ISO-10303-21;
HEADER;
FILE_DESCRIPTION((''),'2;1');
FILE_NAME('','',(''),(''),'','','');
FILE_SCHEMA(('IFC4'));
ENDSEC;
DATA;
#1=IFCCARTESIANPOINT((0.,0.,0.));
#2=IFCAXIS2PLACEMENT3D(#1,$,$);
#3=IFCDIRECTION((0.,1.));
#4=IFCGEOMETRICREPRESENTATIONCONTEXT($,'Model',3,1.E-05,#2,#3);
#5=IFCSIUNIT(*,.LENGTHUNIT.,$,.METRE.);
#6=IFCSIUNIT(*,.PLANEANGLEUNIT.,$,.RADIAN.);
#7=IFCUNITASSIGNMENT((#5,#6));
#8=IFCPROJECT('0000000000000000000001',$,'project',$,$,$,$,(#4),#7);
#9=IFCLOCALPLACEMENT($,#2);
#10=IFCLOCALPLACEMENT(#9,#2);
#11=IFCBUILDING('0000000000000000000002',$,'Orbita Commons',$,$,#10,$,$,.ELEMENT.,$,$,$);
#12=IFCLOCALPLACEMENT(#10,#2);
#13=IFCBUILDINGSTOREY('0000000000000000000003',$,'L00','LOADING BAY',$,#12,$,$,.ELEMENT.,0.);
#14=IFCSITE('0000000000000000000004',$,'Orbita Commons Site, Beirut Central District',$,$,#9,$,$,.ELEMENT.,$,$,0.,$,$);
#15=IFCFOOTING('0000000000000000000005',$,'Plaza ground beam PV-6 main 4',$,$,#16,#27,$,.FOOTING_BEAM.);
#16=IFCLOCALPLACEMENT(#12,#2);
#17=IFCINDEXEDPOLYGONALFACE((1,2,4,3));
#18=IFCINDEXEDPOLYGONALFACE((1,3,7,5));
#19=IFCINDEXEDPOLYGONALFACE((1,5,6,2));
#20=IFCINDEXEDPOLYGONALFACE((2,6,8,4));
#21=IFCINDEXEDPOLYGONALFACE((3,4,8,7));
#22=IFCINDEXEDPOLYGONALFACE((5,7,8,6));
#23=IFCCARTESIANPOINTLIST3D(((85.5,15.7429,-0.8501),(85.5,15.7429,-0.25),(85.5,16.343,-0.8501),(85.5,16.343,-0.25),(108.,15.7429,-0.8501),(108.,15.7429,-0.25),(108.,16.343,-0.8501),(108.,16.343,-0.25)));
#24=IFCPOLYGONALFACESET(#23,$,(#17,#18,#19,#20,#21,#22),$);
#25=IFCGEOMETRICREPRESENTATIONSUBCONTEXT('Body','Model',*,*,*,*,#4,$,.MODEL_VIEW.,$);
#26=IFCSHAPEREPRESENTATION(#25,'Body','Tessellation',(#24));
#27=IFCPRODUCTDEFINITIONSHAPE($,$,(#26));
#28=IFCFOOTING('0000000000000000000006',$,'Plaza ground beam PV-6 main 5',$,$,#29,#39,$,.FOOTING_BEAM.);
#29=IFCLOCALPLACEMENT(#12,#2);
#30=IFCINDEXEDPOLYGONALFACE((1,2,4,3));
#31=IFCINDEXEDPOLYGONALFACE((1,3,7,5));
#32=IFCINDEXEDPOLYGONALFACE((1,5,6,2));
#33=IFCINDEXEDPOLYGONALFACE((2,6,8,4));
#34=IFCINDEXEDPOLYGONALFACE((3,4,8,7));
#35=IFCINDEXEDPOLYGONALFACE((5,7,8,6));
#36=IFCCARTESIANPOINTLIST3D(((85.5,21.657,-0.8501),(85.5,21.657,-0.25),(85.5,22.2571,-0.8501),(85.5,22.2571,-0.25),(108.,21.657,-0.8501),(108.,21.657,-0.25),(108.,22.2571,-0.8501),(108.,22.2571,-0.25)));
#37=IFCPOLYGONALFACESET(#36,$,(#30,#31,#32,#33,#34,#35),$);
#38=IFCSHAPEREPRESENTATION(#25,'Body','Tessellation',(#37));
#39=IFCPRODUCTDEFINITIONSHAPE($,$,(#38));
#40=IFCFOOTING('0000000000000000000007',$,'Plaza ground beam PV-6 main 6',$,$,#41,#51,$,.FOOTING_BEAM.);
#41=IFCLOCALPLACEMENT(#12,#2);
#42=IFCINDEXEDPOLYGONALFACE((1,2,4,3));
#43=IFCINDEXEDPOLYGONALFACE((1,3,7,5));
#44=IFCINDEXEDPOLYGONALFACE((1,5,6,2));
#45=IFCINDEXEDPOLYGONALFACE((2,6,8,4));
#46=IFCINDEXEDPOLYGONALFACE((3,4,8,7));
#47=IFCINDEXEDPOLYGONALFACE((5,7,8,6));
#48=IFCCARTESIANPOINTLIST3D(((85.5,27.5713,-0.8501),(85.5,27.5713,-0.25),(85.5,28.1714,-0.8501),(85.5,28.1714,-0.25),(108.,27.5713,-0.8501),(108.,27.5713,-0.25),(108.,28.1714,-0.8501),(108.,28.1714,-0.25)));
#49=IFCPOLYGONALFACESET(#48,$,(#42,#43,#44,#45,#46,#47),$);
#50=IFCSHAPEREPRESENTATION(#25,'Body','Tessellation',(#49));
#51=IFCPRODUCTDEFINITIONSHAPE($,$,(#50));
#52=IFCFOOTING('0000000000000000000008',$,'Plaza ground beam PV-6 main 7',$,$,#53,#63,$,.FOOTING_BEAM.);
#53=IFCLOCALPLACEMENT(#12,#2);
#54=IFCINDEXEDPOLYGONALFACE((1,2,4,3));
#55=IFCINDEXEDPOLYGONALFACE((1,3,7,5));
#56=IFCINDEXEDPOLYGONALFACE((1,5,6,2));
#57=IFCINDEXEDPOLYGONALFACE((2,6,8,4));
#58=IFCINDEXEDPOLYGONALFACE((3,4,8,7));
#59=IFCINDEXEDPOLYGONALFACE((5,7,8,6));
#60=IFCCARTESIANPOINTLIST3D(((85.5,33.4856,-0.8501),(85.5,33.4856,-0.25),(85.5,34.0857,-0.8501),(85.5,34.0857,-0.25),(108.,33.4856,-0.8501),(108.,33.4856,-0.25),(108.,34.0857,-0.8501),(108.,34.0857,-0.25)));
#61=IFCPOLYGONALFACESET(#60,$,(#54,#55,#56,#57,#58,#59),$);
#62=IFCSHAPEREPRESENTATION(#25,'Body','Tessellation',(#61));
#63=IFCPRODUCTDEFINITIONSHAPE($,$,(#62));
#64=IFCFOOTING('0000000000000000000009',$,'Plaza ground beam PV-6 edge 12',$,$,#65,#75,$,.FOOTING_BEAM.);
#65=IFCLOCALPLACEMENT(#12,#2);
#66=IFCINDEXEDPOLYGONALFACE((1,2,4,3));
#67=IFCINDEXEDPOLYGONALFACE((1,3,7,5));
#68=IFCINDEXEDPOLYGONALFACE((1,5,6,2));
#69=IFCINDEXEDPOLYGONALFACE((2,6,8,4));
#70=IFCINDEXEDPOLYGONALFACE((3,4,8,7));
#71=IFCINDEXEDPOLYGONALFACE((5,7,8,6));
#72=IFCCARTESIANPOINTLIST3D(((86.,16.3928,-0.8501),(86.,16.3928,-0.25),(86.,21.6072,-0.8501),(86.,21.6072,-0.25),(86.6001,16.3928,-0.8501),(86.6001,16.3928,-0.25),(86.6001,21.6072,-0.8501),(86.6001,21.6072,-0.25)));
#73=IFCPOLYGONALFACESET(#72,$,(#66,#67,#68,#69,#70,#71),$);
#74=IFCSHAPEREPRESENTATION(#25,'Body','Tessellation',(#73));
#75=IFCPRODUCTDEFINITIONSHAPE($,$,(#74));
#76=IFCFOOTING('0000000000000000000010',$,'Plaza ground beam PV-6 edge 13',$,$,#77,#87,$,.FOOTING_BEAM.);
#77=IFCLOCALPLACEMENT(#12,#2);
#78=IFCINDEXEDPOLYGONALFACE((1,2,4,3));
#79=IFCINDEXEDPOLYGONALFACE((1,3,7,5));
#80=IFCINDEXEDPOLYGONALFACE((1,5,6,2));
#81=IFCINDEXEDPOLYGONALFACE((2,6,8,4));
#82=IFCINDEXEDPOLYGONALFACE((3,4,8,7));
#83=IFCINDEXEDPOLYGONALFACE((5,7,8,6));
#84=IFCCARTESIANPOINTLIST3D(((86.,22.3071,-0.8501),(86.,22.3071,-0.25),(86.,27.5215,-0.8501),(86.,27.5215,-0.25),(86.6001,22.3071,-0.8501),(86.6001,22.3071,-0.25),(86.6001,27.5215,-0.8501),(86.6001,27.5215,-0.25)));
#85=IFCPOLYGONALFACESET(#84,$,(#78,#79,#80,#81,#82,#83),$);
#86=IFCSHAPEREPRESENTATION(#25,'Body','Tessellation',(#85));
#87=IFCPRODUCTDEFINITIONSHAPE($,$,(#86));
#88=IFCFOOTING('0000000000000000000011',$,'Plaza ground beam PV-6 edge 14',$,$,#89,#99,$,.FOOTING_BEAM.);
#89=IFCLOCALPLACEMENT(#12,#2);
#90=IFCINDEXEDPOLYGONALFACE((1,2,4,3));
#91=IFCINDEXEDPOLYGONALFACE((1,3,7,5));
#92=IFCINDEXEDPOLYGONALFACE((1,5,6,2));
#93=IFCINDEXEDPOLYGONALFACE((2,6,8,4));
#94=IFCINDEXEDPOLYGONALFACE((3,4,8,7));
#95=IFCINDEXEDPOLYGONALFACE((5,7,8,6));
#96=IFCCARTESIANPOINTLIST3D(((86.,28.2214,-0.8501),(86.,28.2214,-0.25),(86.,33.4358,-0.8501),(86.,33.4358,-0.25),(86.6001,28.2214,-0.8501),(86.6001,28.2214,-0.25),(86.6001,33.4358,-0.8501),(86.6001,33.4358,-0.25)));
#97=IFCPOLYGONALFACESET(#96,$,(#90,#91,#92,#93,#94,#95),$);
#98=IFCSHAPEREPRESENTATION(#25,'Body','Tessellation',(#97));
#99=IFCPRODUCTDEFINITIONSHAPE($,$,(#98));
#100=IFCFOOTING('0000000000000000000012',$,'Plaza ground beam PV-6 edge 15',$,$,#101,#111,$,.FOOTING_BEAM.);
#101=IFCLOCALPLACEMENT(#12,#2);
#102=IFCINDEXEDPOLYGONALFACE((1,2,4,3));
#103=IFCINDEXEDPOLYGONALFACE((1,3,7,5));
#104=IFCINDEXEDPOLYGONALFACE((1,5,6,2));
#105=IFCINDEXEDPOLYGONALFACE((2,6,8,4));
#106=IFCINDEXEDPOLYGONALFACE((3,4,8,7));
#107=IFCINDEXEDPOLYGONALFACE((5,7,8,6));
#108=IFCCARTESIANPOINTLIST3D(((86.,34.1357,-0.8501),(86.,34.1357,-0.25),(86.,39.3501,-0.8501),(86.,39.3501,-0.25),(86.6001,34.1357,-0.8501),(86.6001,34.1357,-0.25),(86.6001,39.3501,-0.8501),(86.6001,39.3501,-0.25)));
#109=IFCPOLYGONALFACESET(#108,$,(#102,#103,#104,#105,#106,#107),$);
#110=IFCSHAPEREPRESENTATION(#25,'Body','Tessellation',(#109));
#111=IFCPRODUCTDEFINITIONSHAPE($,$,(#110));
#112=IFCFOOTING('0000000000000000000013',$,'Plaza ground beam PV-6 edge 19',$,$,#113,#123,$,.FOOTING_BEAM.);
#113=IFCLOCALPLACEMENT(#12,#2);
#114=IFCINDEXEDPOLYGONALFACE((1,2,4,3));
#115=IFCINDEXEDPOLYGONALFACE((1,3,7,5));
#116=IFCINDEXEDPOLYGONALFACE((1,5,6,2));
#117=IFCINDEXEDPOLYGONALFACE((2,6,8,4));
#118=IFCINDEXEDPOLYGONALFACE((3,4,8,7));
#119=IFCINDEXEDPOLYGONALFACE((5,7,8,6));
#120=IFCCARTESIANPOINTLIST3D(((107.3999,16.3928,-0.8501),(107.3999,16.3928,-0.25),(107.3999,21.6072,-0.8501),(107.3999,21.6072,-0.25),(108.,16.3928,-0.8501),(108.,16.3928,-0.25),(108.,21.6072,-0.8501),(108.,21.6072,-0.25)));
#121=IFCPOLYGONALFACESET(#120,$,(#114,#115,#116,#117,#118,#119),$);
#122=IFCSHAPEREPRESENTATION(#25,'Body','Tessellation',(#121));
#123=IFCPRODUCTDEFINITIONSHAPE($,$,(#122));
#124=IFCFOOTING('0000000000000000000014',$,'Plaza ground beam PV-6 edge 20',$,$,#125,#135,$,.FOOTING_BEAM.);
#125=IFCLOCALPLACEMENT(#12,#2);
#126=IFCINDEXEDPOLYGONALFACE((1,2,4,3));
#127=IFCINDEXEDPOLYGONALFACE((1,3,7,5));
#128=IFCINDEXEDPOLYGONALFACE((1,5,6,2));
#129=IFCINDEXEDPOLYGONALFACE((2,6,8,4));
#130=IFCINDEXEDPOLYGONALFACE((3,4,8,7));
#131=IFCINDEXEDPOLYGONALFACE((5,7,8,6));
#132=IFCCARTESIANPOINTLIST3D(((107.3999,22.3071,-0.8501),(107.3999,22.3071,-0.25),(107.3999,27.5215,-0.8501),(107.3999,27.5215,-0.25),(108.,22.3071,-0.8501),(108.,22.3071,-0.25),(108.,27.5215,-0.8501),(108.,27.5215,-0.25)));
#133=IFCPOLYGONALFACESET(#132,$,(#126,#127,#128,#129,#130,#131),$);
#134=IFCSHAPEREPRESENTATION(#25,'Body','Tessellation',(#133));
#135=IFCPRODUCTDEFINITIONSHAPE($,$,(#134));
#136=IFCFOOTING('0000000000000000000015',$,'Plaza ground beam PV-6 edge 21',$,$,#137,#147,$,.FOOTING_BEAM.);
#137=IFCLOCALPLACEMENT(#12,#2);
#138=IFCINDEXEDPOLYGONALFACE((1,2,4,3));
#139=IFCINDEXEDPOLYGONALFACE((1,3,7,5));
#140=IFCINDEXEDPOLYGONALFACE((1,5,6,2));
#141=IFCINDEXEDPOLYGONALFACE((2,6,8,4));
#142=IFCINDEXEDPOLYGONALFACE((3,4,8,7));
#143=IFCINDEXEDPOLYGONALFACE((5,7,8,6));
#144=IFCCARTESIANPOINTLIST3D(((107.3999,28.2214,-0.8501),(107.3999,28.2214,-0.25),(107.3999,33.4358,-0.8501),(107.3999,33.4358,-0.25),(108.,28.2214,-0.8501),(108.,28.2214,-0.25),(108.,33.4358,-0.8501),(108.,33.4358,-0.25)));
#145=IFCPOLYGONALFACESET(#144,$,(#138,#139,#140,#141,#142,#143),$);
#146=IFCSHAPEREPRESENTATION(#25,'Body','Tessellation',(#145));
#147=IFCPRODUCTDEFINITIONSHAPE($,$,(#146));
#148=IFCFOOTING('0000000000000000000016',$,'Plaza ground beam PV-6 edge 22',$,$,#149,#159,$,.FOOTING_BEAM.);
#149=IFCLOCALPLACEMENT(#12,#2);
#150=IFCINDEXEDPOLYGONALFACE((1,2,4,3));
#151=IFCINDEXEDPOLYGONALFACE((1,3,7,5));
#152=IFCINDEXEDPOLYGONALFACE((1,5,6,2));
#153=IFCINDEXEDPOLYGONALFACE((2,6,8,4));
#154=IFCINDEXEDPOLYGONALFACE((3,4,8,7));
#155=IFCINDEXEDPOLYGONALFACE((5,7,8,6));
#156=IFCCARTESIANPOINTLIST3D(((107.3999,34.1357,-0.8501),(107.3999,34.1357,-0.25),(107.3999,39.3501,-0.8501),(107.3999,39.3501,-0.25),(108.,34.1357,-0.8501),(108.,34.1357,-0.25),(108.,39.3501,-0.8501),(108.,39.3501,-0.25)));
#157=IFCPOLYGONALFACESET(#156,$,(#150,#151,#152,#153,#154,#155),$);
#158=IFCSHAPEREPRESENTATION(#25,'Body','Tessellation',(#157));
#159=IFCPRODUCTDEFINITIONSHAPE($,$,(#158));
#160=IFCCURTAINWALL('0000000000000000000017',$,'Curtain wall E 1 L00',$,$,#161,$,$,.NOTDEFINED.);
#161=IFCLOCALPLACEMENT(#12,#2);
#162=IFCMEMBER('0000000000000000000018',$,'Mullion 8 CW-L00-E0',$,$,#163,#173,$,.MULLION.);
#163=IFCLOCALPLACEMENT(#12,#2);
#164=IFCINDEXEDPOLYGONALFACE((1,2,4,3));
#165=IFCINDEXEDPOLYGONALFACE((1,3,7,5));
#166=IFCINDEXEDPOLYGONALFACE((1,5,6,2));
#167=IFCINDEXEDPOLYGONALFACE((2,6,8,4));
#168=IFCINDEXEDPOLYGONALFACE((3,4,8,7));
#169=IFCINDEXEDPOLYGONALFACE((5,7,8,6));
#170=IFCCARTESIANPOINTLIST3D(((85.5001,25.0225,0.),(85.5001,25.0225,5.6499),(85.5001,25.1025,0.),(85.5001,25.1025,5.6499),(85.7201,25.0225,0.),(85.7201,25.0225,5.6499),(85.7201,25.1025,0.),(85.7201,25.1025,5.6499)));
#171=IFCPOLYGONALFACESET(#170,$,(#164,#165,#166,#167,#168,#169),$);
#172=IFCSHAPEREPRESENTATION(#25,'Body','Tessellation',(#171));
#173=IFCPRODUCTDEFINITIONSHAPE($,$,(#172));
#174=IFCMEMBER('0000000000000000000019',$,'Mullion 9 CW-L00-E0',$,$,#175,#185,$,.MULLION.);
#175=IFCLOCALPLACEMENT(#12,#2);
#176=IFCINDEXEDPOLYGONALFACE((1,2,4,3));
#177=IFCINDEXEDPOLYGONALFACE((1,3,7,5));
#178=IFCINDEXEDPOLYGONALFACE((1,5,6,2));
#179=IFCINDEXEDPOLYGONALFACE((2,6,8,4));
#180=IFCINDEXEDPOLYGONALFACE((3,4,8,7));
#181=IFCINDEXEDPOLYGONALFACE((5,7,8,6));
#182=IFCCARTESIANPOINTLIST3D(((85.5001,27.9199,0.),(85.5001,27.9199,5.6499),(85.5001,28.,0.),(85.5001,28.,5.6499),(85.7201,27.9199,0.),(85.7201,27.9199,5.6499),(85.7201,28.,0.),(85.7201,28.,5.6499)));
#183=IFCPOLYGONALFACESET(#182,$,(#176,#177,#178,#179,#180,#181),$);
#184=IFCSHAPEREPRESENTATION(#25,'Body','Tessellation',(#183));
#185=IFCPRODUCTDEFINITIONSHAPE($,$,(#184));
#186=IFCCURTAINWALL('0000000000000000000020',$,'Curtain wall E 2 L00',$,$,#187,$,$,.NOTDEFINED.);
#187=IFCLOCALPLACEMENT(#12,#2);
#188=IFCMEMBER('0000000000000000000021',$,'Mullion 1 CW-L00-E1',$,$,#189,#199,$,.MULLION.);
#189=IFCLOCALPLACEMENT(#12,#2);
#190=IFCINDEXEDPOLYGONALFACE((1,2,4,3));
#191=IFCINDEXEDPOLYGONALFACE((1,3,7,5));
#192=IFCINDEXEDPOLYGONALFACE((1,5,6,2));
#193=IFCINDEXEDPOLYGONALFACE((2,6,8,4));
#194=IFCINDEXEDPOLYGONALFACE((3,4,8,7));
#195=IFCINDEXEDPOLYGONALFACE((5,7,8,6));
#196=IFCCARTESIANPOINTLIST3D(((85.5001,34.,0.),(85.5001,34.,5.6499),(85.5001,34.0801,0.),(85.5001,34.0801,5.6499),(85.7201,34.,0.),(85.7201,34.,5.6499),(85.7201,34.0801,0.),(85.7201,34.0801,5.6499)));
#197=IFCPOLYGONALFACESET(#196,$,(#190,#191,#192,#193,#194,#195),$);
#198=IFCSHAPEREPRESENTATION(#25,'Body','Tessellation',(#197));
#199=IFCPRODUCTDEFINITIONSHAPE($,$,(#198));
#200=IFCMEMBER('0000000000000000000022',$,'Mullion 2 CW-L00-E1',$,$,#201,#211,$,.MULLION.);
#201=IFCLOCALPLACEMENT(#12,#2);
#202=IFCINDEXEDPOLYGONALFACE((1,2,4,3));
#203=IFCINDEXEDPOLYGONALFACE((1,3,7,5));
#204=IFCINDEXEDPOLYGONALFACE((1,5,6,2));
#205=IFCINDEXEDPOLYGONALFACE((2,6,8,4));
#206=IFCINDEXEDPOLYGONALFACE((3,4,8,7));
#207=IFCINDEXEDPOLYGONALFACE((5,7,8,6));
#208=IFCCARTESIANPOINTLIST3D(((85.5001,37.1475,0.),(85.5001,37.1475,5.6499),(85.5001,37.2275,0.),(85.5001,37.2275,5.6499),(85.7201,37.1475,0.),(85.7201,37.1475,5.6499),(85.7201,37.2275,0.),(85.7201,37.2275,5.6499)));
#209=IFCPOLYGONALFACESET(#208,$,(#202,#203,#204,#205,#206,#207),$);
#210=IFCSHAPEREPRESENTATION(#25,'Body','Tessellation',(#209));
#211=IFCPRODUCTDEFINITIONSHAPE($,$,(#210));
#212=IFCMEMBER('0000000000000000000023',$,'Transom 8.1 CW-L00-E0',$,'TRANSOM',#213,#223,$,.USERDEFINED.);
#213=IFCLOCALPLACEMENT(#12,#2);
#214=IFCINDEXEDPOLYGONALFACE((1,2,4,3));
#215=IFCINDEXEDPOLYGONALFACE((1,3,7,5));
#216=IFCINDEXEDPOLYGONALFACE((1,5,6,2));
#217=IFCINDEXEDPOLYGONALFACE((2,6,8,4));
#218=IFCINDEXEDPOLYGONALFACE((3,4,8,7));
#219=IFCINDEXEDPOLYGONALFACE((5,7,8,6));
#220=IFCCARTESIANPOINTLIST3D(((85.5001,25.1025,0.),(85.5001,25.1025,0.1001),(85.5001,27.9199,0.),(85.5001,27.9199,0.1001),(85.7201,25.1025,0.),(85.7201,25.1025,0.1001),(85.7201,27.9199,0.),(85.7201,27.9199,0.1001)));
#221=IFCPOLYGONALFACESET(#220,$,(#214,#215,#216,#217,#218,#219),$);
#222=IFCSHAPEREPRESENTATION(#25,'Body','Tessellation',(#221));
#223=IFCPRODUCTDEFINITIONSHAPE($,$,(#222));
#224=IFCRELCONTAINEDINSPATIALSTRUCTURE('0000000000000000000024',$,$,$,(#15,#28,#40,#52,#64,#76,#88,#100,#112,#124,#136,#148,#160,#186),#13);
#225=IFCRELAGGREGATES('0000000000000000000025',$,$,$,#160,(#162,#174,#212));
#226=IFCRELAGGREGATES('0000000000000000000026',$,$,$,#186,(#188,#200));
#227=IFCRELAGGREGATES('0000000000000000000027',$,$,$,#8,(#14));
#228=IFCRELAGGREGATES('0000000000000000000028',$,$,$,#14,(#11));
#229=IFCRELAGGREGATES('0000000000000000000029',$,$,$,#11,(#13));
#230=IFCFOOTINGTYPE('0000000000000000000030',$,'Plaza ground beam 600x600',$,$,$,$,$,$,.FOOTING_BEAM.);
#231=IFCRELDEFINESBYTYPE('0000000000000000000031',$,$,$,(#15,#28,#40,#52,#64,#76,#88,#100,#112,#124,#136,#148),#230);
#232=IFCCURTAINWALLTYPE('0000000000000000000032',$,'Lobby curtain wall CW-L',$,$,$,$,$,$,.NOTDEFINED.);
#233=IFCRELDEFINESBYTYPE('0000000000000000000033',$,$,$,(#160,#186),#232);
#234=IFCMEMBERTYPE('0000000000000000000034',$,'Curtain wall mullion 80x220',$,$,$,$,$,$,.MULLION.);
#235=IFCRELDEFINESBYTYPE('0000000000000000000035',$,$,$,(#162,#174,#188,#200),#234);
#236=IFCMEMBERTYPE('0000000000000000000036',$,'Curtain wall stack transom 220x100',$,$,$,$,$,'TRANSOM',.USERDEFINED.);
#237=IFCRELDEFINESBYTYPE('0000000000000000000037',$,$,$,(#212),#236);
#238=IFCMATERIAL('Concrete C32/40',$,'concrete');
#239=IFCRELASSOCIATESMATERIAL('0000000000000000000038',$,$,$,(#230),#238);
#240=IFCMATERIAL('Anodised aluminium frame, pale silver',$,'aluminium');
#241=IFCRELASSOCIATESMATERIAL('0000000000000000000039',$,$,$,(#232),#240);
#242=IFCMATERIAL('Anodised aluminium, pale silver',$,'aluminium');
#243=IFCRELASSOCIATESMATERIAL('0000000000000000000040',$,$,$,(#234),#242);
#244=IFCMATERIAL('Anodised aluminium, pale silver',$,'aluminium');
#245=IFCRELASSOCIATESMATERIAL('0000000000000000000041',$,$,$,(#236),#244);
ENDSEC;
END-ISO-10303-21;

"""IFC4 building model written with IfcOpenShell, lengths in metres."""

from ifc_helpers import new_model, si_unit, direction, frame, origin, origin_2d, place, context, subcontext, project, spatial, rectangle, extrude, material, material_profile, profile_set, type_object, element, aggregate, save


model = new_model("IFC4")

# Units and contexts
model_context = context("Model", 3, precision=1e-05, world=origin(), true_north=direction((0.0, 1.0)))
body_context = subcontext(model_context, "Body", "Model", "MODEL_VIEW")
ifc_project = project(units=[si_unit("LENGTHUNIT", "METRE"), si_unit("PLANEANGLEUNIT", "RADIAN")], contexts=[model_context])

# Site, building, storey
site_placement = place(None, origin())
site = spatial("IfcSite", under=ifc_project, at=site_placement, Name="Orbita Commons Site, Beirut Central District", CompositionType="ELEMENT", RefElevation=0.0)
building_placement = place(site_placement, origin())
building = spatial("IfcBuilding", under=site, at=building_placement, Name="Orbita Commons", CompositionType="ELEMENT")
storey_placement = place(building_placement, origin())
storey = spatial("IfcBuildingStorey", under=building, at=storey_placement, Name="L00", Description="LOADING BAY", CompositionType="ELEMENT", Elevation=0.0)

# Footings
ifc_material_1 = material(Name="Concrete C32/40", Category="concrete")
footing_type = type_object("IfcFootingType", Name="Plaza ground beam 600x600", PredefinedType="FOOTING_BEAM", material=ifc_material_1)
for number, where, z_axis, x_axis, name in (
    (1, (96.75, 16.043, -0.8501), (0.0, 0.0, 1.0), (1.0, 0.0, 0.0), "Plaza ground beam PV-6 main 4"),
    (2, (96.75, 21.957, -0.8501), (0.0, 0.0, 1.0), (1.0, 0.0, 0.0), "Plaza ground beam PV-6 main 5"),
    (3, (96.75, 27.8713, -0.8501), (0.0, 0.0, 1.0), (1.0, 0.0, 0.0), "Plaza ground beam PV-6 main 6"),
    (4, (96.75, 33.7856, -0.8501), (0.0, 0.0, 1.0), (1.0, 0.0, 0.0), "Plaza ground beam PV-6 main 7"),
):
    element("IfcFooting", number, at=place(storey_placement, frame(where, z_axis=z_axis, x_axis=x_axis)), inside=storey, type_object=footing_type, Name=name, PredefinedType="FOOTING_BEAM", context=body_context, shape_type="SweptSolid", body=[
        extrude(rectangle(XDim=22.5, YDim=0.6001, at=origin_2d()), origin(), (0.0, 0.0, 1.0), 0.6001),
    ])
for number, where, z_axis, x_axis, name in (
    (5, (86.3, 19.0, -0.8501), (0.0, 0.0, 1.0), (1.0, 0.0, 0.0), "Plaza ground beam PV-6 edge 12"),
    (6, (86.3, 24.9143, -0.8501), (0.0, 0.0, 1.0), (1.0, 0.0, 0.0), "Plaza ground beam PV-6 edge 13"),
    (7, (86.3, 30.8286, -0.8501), (0.0, 0.0, 1.0), (1.0, 0.0, 0.0), "Plaza ground beam PV-6 edge 14"),
    (8, (86.3, 36.7429, -0.8501), (0.0, 0.0, 1.0), (1.0, 0.0, 0.0), "Plaza ground beam PV-6 edge 15"),
    (9, (107.7, 19.0, -0.8501), (0.0, 0.0, 1.0), (1.0, 0.0, 0.0), "Plaza ground beam PV-6 edge 19"),
    (10, (107.7, 24.9143, -0.8501), (0.0, 0.0, 1.0), (1.0, 0.0, 0.0), "Plaza ground beam PV-6 edge 20"),
    (11, (107.7, 30.8286, -0.8501), (0.0, 0.0, 1.0), (1.0, 0.0, 0.0), "Plaza ground beam PV-6 edge 21"),
    (12, (107.7, 36.7429, -0.8501), (0.0, 0.0, 1.0), (1.0, 0.0, 0.0), "Plaza ground beam PV-6 edge 22"),
):
    element("IfcFooting", number, at=place(storey_placement, frame(where, z_axis=z_axis, x_axis=x_axis)), inside=storey, type_object=footing_type, Name=name, PredefinedType="FOOTING_BEAM", context=body_context, shape_type="SweptSolid", body=[
        extrude(rectangle(XDim=0.6001, YDim=5.2144, at=origin_2d()), origin(), (0.0, 0.0, 1.0), 0.6001),
    ])

# Curtain walls, members
ifc_material_2 = material(Name="Anodised aluminium frame, pale silver", Category="aluminium")
curtain_wall_type = type_object("IfcCurtainWallType", Name="Lobby curtain wall CW-L", PredefinedType="NOTDEFINED", material=ifc_material_2)
curtain_wall_1_placement = place(storey_placement, origin())
curtain_wall_1 = element("IfcCurtainWall", 13, at=curtain_wall_1_placement, inside=storey, type_object=curtain_wall_type, Name="Curtain wall E 1 L00", PredefinedType="NOTDEFINED")
ifc_material_3 = material(Name="Anodised aluminium, pale silver", Category="aluminium")
ifc_material_profile_1 = material_profile(ifc_material_3, rectangle(XDim=0.0801, YDim=0.22, at=origin_2d()), Name="AL 80x220")
ifc_profile_set_1 = profile_set([ifc_material_profile_1], Name="Anodised aluminium, pale silver")
member_type_1 = type_object("IfcMemberType", Name="Curtain wall mullion 80x220", PredefinedType="MULLION", material=ifc_profile_set_1)
member_1_placement = place(storey_placement, frame((85.6101, 25.0625, 0.0), z_axis=(0.0, 0.0, 1.0), x_axis=(0.0, 1.0, 0.0)))
member_1 = element("IfcMember", 14, at=member_1_placement, type_object=member_type_1, Name="Mullion 8 CW-L00-E0", PredefinedType="MULLION", context=body_context, shape_type="SweptSolid", body=[
    extrude(rectangle(XDim=0.0801, YDim=0.22, at=origin_2d()), origin(), (0.0, 0.0, 1.0), 5.6499),
])
member_2_placement = place(storey_placement, frame((85.6101, 27.96, 0.0), z_axis=(0.0, 0.0, 1.0), x_axis=(0.0, 1.0, 0.0)))
member_2 = element("IfcMember", 15, at=member_2_placement, type_object=member_type_1, Name="Mullion 9 CW-L00-E0", PredefinedType="MULLION", context=body_context, shape_type="SweptSolid", body=[
    extrude(rectangle(XDim=0.0801, YDim=0.22, at=origin_2d()), origin(), (0.0, 0.0, 1.0), 5.6499),
])
curtain_wall_2_placement = place(storey_placement, origin())
curtain_wall_2 = element("IfcCurtainWall", 16, at=curtain_wall_2_placement, inside=storey, type_object=curtain_wall_type, Name="Curtain wall E 2 L00", PredefinedType="NOTDEFINED")
member_3_placement = place(storey_placement, frame((85.6101, 34.04, 0.0), z_axis=(0.0, 0.0, 1.0), x_axis=(0.0, 1.0, 0.0)))
member_3 = element("IfcMember", 17, at=member_3_placement, type_object=member_type_1, Name="Mullion 1 CW-L00-E1", PredefinedType="MULLION", context=body_context, shape_type="SweptSolid", body=[
    extrude(rectangle(XDim=0.0801, YDim=0.22, at=origin_2d()), origin(), (0.0, 0.0, 1.0), 5.6499),
])
member_4_placement = place(storey_placement, frame((85.6101, 37.1875, 0.0), z_axis=(0.0, 0.0, 1.0), x_axis=(0.0, 1.0, 0.0)))
member_4 = element("IfcMember", 18, at=member_4_placement, type_object=member_type_1, Name="Mullion 2 CW-L00-E1", PredefinedType="MULLION", context=body_context, shape_type="SweptSolid", body=[
    extrude(rectangle(XDim=0.0801, YDim=0.22, at=origin_2d()), origin(), (0.0, 0.0, 1.0), 5.6499),
])

# Member
ifc_material_4 = material(Name="Anodised aluminium, pale silver", Category="aluminium")
ifc_material_profile_2 = material_profile(ifc_material_4, rectangle(XDim=0.22, YDim=0.1001, at=origin_2d()), Name="AL 220x100")
ifc_profile_set_2 = profile_set([ifc_material_profile_2], Name="Anodised aluminium, pale silver")
member_type_2 = type_object("IfcMemberType", Name="Curtain wall stack transom 220x100", ElementType="TRANSOM", PredefinedType="USERDEFINED", material=ifc_profile_set_2)
member_5_placement = place(storey_placement, frame((85.6101, 25.1025, 0.05), z_axis=(0.0, 1.0, 0.0), x_axis=(-1.0, 0.0, 0.0)))
member_5 = element("IfcMember", 19, at=member_5_placement, type_object=member_type_2, Name="Transom 8.1 CW-L00-E0", ObjectType="TRANSOM", PredefinedType="USERDEFINED", context=body_context, shape_type="SweptSolid", body=[
    extrude(rectangle(XDim=0.22, YDim=0.1001, at=origin_2d()), origin(), (0.0, 0.0, 1.0), 2.8174),
])

aggregate(curtain_wall_1, [member_1, member_2, member_5])
aggregate(curtain_wall_2, [member_3, member_4])

save(model, "model.ifc")
